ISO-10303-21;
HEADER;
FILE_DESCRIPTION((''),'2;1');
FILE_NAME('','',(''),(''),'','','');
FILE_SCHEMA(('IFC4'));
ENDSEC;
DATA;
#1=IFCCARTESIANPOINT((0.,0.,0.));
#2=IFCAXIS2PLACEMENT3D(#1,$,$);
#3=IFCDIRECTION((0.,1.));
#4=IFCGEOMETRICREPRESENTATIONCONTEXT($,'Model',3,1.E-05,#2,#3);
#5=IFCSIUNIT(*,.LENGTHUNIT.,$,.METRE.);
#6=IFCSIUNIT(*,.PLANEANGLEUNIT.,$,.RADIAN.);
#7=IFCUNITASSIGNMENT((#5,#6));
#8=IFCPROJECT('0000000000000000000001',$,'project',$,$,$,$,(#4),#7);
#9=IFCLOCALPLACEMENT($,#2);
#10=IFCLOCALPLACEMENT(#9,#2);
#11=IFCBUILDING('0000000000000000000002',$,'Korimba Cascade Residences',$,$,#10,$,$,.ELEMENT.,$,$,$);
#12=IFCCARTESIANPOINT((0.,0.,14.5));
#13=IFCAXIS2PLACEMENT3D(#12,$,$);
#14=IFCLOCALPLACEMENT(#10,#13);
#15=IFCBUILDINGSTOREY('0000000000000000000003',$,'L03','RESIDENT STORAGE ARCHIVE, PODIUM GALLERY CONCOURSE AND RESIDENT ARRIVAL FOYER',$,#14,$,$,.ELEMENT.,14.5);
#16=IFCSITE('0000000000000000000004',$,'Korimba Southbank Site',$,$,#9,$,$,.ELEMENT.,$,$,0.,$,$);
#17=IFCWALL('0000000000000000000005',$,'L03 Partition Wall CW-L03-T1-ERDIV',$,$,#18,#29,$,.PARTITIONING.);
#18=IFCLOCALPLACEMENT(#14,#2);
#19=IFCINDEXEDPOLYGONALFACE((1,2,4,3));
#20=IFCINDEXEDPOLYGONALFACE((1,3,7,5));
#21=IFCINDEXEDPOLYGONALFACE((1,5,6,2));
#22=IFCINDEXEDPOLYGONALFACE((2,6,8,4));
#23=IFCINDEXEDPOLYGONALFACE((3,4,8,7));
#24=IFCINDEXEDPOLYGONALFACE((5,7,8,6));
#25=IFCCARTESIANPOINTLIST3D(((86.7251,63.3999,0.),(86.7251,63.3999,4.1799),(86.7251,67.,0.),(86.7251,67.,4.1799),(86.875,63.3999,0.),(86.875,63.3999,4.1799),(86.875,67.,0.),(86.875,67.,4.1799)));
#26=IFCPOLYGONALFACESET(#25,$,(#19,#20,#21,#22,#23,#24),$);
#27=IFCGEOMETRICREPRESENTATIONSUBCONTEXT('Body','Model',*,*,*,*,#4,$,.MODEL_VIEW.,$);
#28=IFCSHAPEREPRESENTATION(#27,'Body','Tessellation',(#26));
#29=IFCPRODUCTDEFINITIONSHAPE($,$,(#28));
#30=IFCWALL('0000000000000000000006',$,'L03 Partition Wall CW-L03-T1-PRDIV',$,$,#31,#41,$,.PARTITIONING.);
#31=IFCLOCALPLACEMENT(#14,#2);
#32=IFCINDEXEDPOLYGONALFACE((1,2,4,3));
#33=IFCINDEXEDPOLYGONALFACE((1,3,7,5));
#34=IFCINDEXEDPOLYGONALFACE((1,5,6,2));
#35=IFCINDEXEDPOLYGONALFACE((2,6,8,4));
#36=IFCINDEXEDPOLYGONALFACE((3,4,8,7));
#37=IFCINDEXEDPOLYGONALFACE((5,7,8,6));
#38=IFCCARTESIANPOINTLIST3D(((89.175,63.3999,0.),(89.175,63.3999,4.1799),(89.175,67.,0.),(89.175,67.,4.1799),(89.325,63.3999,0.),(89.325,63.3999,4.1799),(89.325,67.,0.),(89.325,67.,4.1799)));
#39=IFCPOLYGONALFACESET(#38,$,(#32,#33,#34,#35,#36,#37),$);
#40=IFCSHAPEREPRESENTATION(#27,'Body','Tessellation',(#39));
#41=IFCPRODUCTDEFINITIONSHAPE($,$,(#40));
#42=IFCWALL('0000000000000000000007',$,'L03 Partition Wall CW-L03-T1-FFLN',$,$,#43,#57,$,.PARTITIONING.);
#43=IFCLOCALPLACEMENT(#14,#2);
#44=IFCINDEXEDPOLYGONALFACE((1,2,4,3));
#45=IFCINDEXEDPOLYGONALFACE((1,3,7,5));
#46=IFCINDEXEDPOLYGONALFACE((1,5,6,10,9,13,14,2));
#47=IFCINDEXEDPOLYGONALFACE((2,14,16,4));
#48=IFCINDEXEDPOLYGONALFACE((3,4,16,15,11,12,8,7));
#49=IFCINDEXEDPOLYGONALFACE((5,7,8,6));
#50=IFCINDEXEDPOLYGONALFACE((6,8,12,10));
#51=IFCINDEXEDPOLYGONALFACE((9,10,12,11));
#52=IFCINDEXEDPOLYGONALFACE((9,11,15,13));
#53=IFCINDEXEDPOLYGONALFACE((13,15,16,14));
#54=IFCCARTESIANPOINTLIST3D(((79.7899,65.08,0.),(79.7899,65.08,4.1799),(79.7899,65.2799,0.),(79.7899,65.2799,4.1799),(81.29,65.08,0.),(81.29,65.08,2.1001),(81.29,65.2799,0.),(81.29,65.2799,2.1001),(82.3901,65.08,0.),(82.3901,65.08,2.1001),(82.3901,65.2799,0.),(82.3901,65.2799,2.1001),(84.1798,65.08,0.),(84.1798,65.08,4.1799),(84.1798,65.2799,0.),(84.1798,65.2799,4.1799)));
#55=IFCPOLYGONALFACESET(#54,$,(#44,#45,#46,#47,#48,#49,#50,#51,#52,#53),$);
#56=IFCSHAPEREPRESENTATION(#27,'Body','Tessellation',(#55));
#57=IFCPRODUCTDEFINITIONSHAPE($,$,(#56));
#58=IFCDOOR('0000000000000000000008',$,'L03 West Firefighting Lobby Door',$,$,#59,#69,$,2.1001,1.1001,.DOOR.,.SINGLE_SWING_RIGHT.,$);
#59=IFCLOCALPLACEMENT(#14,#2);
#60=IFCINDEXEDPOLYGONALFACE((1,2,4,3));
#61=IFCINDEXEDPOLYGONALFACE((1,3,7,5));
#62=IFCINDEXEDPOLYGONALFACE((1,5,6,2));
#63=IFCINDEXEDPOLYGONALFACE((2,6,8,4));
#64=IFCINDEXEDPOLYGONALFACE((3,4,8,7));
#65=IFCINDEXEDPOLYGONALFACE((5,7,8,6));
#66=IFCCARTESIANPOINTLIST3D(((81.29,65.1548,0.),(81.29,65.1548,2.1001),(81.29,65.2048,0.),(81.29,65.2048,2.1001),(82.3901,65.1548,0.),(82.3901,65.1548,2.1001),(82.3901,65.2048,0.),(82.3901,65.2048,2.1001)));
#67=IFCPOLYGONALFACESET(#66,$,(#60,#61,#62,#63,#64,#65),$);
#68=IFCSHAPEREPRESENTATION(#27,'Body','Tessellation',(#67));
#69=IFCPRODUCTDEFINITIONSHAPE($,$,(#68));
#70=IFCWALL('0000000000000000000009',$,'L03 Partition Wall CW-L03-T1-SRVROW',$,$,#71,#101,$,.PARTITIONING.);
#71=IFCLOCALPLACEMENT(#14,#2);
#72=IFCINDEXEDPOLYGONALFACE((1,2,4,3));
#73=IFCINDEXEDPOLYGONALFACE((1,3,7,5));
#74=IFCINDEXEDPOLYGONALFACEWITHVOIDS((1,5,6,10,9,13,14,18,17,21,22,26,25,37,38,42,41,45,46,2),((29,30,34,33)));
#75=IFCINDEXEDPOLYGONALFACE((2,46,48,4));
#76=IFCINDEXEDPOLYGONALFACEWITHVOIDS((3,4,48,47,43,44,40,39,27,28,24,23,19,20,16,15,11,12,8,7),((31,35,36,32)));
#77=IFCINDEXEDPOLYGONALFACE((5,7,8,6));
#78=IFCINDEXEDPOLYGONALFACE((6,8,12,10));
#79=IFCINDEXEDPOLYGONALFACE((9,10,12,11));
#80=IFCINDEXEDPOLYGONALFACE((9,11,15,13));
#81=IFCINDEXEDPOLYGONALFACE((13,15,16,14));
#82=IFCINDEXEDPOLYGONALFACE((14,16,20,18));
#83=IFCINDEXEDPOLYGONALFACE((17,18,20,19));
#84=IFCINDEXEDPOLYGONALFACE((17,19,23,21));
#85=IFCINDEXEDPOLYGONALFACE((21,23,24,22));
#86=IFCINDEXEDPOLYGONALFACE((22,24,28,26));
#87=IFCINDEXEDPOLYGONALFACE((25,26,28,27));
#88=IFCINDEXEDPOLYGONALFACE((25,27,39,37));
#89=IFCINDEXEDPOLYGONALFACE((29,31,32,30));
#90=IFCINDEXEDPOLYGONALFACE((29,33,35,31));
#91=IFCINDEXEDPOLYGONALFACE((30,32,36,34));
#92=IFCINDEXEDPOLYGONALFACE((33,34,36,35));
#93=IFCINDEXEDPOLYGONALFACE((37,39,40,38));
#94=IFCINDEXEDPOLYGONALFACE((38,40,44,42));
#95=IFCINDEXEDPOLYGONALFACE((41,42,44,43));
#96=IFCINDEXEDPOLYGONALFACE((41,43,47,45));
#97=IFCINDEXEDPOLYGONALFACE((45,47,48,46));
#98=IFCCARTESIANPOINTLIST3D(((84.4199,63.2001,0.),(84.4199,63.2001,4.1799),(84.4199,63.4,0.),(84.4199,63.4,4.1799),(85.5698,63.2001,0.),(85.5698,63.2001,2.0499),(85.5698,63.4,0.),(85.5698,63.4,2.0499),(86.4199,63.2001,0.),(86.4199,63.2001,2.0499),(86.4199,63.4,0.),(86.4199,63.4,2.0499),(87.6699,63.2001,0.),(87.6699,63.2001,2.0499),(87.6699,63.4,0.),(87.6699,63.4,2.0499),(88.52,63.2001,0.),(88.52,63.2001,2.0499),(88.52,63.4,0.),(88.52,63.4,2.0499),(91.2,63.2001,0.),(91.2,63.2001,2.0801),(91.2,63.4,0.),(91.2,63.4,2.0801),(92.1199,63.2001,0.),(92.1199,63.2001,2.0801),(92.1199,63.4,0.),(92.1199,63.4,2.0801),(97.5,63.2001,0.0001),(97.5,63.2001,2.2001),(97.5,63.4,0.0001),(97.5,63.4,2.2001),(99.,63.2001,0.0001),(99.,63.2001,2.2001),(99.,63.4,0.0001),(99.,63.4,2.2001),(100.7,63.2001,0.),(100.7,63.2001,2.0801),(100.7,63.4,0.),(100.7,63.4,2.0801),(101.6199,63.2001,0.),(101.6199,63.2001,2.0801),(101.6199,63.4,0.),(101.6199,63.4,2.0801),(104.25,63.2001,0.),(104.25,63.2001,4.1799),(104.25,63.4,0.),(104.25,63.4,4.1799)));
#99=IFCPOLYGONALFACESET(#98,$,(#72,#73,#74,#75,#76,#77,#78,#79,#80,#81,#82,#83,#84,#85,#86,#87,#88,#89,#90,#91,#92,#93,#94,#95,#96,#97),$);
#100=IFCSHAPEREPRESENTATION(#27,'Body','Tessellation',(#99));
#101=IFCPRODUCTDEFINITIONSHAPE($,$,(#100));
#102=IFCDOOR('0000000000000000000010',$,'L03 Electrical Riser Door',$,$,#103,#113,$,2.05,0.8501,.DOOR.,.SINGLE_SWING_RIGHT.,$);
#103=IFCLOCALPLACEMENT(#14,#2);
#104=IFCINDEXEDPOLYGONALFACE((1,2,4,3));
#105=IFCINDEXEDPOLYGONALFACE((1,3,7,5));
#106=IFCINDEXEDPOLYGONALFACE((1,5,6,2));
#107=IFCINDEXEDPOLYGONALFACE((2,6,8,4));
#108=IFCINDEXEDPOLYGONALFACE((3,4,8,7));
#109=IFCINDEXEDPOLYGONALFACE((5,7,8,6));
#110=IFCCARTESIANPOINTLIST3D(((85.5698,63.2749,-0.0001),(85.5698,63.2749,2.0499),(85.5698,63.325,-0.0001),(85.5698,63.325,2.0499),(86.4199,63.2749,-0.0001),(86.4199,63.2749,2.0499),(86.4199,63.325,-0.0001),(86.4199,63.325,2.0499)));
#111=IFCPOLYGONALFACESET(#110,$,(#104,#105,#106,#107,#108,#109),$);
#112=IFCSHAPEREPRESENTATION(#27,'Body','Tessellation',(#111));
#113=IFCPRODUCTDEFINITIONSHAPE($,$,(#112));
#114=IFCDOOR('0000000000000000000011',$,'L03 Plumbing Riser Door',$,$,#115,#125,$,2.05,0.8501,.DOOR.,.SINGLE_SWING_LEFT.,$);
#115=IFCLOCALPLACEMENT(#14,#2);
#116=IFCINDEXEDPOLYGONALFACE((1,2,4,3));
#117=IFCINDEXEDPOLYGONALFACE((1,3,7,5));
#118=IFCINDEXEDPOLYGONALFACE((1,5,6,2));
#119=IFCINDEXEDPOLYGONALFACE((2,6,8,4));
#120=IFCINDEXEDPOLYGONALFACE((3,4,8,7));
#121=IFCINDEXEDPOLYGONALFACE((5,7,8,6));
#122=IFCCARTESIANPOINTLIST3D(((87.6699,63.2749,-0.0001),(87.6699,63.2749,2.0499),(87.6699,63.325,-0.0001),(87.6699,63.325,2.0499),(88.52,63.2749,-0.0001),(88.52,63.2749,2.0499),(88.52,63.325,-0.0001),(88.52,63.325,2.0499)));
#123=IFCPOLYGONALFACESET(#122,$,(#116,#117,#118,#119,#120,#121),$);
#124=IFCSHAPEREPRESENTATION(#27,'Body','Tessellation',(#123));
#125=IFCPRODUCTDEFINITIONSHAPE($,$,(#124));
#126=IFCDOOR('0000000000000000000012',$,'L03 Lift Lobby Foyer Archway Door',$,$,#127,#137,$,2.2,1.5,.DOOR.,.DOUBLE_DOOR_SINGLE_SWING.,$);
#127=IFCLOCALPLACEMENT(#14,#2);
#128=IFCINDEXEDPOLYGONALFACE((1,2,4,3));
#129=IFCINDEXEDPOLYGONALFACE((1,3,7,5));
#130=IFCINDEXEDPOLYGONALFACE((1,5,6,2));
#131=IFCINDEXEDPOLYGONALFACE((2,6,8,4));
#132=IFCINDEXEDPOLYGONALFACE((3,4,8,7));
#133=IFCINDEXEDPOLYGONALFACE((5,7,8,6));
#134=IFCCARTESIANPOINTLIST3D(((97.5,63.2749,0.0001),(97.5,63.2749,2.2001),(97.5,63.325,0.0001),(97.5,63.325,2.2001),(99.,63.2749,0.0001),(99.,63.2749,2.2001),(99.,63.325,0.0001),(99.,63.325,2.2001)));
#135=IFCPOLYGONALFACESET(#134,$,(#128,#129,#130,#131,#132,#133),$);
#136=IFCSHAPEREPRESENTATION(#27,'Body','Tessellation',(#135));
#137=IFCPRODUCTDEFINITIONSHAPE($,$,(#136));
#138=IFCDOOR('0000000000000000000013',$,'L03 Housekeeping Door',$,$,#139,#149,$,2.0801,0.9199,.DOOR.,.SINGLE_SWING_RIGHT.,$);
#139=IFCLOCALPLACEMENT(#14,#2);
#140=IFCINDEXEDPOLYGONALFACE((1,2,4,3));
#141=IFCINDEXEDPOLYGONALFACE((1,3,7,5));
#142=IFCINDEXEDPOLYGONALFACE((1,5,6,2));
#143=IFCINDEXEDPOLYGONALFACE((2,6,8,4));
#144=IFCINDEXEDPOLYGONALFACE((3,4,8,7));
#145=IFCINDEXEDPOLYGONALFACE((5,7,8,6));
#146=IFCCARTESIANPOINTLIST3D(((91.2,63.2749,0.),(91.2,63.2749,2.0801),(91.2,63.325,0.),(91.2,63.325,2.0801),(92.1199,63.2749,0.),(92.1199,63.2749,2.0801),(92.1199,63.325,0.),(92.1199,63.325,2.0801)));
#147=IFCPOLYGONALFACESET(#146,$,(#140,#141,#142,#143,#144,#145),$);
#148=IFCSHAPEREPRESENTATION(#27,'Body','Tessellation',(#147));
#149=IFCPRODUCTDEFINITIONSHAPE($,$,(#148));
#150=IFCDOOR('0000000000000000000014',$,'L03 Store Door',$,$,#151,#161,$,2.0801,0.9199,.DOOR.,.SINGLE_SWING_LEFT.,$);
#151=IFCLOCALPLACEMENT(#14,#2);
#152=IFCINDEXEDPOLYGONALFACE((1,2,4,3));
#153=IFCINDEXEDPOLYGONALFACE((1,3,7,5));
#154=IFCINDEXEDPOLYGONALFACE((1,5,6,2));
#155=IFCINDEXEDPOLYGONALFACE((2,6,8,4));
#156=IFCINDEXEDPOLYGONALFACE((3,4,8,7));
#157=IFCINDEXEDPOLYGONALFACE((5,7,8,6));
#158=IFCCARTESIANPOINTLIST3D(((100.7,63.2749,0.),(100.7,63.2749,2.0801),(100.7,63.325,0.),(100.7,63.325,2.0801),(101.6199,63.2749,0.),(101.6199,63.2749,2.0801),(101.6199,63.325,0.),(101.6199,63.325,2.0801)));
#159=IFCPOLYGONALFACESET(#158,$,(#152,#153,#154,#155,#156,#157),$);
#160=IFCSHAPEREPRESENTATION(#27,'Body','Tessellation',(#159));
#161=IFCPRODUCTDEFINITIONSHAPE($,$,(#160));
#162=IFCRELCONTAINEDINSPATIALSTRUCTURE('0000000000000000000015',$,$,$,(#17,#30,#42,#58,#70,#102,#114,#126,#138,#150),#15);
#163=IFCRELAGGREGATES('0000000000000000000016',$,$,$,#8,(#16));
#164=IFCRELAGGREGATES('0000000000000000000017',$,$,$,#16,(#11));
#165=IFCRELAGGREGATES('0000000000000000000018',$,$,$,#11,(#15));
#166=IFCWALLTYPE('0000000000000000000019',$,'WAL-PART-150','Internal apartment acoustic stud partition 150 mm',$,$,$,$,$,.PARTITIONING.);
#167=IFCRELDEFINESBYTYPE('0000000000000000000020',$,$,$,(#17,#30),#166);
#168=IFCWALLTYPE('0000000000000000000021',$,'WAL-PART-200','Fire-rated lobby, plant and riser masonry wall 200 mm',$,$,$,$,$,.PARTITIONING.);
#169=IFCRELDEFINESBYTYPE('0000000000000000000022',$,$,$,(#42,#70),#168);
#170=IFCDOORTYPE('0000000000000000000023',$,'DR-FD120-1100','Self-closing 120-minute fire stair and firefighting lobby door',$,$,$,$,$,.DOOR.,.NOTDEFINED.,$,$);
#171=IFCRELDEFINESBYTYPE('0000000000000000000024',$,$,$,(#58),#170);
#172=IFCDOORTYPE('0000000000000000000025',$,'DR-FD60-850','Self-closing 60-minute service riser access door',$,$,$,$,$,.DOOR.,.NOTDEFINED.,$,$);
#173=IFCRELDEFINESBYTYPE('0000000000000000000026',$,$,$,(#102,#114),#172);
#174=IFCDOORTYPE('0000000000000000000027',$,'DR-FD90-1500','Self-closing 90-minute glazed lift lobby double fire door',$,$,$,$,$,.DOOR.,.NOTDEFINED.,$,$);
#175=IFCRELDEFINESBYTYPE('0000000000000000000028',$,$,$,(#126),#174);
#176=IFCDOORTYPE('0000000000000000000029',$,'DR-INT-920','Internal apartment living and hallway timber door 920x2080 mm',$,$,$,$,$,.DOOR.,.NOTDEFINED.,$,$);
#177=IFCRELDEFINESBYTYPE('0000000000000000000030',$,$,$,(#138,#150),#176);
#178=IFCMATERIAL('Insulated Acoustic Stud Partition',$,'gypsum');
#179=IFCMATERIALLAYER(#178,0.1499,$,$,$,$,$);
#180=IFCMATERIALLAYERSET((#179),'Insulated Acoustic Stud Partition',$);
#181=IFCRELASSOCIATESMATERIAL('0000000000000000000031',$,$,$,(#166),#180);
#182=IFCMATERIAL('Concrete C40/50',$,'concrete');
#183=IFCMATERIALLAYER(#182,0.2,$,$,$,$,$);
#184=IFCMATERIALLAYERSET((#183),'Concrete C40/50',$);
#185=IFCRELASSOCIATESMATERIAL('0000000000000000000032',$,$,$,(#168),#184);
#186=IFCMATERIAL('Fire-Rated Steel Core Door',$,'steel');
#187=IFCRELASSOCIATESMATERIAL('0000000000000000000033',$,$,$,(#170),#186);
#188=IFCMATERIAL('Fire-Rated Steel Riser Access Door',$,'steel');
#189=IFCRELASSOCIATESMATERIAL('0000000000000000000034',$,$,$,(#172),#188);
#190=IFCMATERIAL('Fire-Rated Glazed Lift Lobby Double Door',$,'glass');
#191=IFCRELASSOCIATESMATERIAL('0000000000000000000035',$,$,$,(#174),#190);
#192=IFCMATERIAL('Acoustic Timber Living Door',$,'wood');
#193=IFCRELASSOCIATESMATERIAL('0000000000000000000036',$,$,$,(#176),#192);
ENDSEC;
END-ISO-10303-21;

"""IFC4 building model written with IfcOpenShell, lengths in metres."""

from ifc_helpers import new_model, si_unit, direction, frame, frame_2d, origin, place, context, subcontext, project, spatial, rectangle, extrude, material, layer, layer_set, type_object, element, fill, save


model = new_model("IFC4")

# Units and contexts
model_context = context("Model", 3, precision=1e-05, world=origin(), true_north=direction((0.0, 1.0)))
body_context = subcontext(model_context, "Body", "Model", "MODEL_VIEW")
ifc_project = project(units=[si_unit("LENGTHUNIT", "METRE"), si_unit("PLANEANGLEUNIT", "RADIAN")], contexts=[model_context])

# Site, building, storey
site_placement = place(None, origin())
site = spatial("IfcSite", under=ifc_project, at=site_placement, Name="Korimba Southbank Site", CompositionType="ELEMENT", RefElevation=0.0)
building_placement = place(site_placement, origin())
building = spatial("IfcBuilding", under=site, at=building_placement, Name="Korimba Cascade Residences", CompositionType="ELEMENT")
storey_placement = place(building_placement, frame((0.0, 0.0, 14.5)))
storey = spatial("IfcBuildingStorey", under=building, at=storey_placement, Name="L03", Description="RESIDENT STORAGE ARCHIVE, PODIUM GALLERY CONCOURSE AND RESIDENT ARRIVAL FOYER", CompositionType="ELEMENT", Elevation=14.5)

# Walls
ifc_material_1 = material(Name="Insulated Acoustic Stud Partition", Category="gypsum")
ifc_layer_1 = layer(ifc_material_1, 0.1499)
ifc_layer_set_1 = layer_set([ifc_layer_1], Name="Insulated Acoustic Stud Partition")
wall_type_1 = type_object("IfcWallType", Name="WAL-PART-150", Description="Internal apartment acoustic stud partition 150 mm", PredefinedType="PARTITIONING", material=ifc_layer_set_1)
for number, where, z_axis, x_axis, name in (
    (1, (86.8, 63.3999, 0.0), (0.0, 0.0, 1.0), (0.0, 1.0, 0.0), "L03 Partition Wall CW-L03-T1-ERDIV"),
    (2, (89.25, 63.3999, 0.0), (0.0, 0.0, 1.0), (0.0, 1.0, 0.0), "L03 Partition Wall CW-L03-T1-PRDIV"),
):
    element("IfcWall", number, at=place(storey_placement, frame(where, z_axis=z_axis, x_axis=x_axis)), inside=storey, type_object=wall_type_1, Name=name, PredefinedType="PARTITIONING", context=body_context, shape_type="SweptSolid", body=[
        extrude(rectangle(XDim=3.6001, YDim=0.1499, at=frame_2d((1.8, 0.0))), origin(), (0.0, 0.0, 1.0), 4.1799),
    ])

# Wall, opening, door
ifc_material_2 = material(Name="Concrete C40/50", Category="concrete")
ifc_layer_2 = layer(ifc_material_2, 0.2)
ifc_layer_set_2 = layer_set([ifc_layer_2], Name="Concrete C40/50")
wall_type_2 = type_object("IfcWallType", Name="WAL-PART-200", Description="Fire-rated lobby, plant and riser masonry wall 200 mm", PredefinedType="PARTITIONING", material=ifc_layer_set_2)
wall_1_placement = place(storey_placement, frame((79.79, 65.1799, 0.0), z_axis=(0.0, 0.0, 1.0), x_axis=(1.0, 0.0, 0.0)))
wall_1 = element("IfcWall", 3, at=wall_1_placement, inside=storey, type_object=wall_type_2, Name="L03 Partition Wall CW-L03-T1-FFLN", PredefinedType="PARTITIONING", context=body_context, shape_type="SweptSolid", body=[
    extrude(rectangle(XDim=4.3899, YDim=0.2, at=frame_2d((2.1948, 0.0))), origin(), (0.0, 0.0, 1.0), 4.1799),
])
opening_1_placement = place(wall_1_placement, frame((1.5, 0.0, 0.0)))
opening_1 = element("IfcOpeningElement", 4, at=opening_1_placement, cuts=wall_1, PredefinedType="OPENING", context=body_context, shape_type="SweptSolid", body=[
    extrude(rectangle(XDim=1.1001, YDim=2.1001, at=frame_2d((0.55, 1.05))), frame((0.0, 0.1099, 0.0), z_axis=(0.0, -1.0, 0.0), x_axis=(1.0, 0.0, 0.0)), (0.0, 0.0, 1.0), 0.22),
])
ifc_material_3 = material(Name="Fire-Rated Steel Core Door", Category="steel")
door_type_1 = type_object("IfcDoorType", Name="DR-FD120-1100", Description="Self-closing 120-minute fire stair and firefighting lobby door", OperationType="NOTDEFINED", PredefinedType="DOOR", material=ifc_material_3)
door_1_placement = place(opening_1_placement, origin())
door_1 = element("IfcDoor", 5, at=door_1_placement, inside=storey, type_object=door_type_1, Name="L03 West Firefighting Lobby Door", OperationType="SINGLE_SWING_RIGHT", OverallHeight=2.1001, OverallWidth=1.1001, PredefinedType="DOOR", context=body_context, shape_type="SweptSolid", body=[
    extrude(rectangle(XDim=1.1001, YDim=2.1001, at=frame_2d((0.55, 1.05))), frame((0.0, 0.0249, 0.0), z_axis=(0.0, -1.0, 0.0), x_axis=(1.0, 0.0, 0.0)), (0.0, 0.0, 1.0), 0.05),
])
fill(opening_1, door_1)

# Wall, openings, doors
wall_2_placement = place(storey_placement, frame((84.4199, 63.3, 0.0), z_axis=(0.0, 0.0, 1.0), x_axis=(1.0, 0.0, 0.0)))
wall_2 = element("IfcWall", 6, at=wall_2_placement, inside=storey, type_object=wall_type_2, Name="L03 Partition Wall CW-L03-T1-SRVROW", PredefinedType="PARTITIONING", context=body_context, shape_type="SweptSolid", body=[
    extrude(rectangle(XDim=19.8301, YDim=0.2, at=frame_2d((9.915, 0.0))), origin(), (0.0, 0.0, 1.0), 4.1799),
])
opening_2_placement = place(wall_2_placement, frame((1.1499, 0.0, 0.0)))
opening_2 = element("IfcOpeningElement", 7, at=opening_2_placement, cuts=wall_2, PredefinedType="OPENING", context=body_context, shape_type="SweptSolid", body=[
    extrude(rectangle(XDim=0.8501, YDim=2.05, at=frame_2d((0.425, 1.0249))), frame((0.0, 0.1099, 0.0), z_axis=(0.0, -1.0, 0.0), x_axis=(1.0, 0.0, 0.0)), (0.0, 0.0, 1.0), 0.22),
])
opening_3_placement = place(wall_2_placement, frame((3.25, 0.0, 0.0)))
opening_3 = element("IfcOpeningElement", 8, at=opening_3_placement, cuts=wall_2, PredefinedType="OPENING", context=body_context, shape_type="SweptSolid", body=[
    extrude(rectangle(XDim=0.8501, YDim=2.05, at=frame_2d((0.425, 1.0249))), frame((0.0, 0.1099, 0.0), z_axis=(0.0, -1.0, 0.0), x_axis=(1.0, 0.0, 0.0)), (0.0, 0.0, 1.0), 0.22),
])
opening_4_placement = place(wall_2_placement, frame((13.0801, 0.0, 0.0)))
opening_4 = element("IfcOpeningElement", 9, at=opening_4_placement, cuts=wall_2, PredefinedType="OPENING", context=body_context, shape_type="SweptSolid", body=[
    extrude(rectangle(XDim=1.5, YDim=2.2, at=frame_2d((0.75, 1.1001))), frame((0.0, 0.1099, 0.0), z_axis=(0.0, -1.0, 0.0), x_axis=(1.0, 0.0, 0.0)), (0.0, 0.0, 1.0), 0.22),
])
opening_5_placement = place(wall_2_placement, frame((6.78, 0.0, 0.0)))
opening_5 = element("IfcOpeningElement", 10, at=opening_5_placement, cuts=wall_2, PredefinedType="OPENING", context=body_context, shape_type="SweptSolid", body=[
    extrude(rectangle(XDim=0.9199, YDim=2.0801, at=frame_2d((0.46, 1.04))), frame((0.0, 0.1099, 0.0), z_axis=(0.0, -1.0, 0.0), x_axis=(1.0, 0.0, 0.0)), (0.0, 0.0, 1.0), 0.22),
])
opening_6_placement = place(wall_2_placement, frame((16.28, 0.0, 0.0)))
opening_6 = element("IfcOpeningElement", 11, at=opening_6_placement, cuts=wall_2, PredefinedType="OPENING", context=body_context, shape_type="SweptSolid", body=[
    extrude(rectangle(XDim=0.9199, YDim=2.0801, at=frame_2d((0.46, 1.04))), frame((0.0, 0.1099, 0.0), z_axis=(0.0, -1.0, 0.0), x_axis=(1.0, 0.0, 0.0)), (0.0, 0.0, 1.0), 0.22),
])
ifc_material_4 = material(Name="Fire-Rated Steel Riser Access Door", Category="steel")
door_type_2 = type_object("IfcDoorType", Name="DR-FD60-850", Description="Self-closing 60-minute service riser access door", OperationType="NOTDEFINED", PredefinedType="DOOR", material=ifc_material_4)
door_2_placement = place(opening_2_placement, origin())
door_2 = element("IfcDoor", 12, at=door_2_placement, inside=storey, type_object=door_type_2, Name="L03 Electrical Riser Door", OperationType="SINGLE_SWING_RIGHT", OverallHeight=2.05, OverallWidth=0.8501, PredefinedType="DOOR", context=body_context, shape_type="SweptSolid", body=[
    extrude(rectangle(XDim=0.8501, YDim=2.05, at=frame_2d((0.425, 1.0249))), frame((0.0, 0.0249, 0.0), z_axis=(0.0, -1.0, 0.0), x_axis=(1.0, 0.0, 0.0)), (0.0, 0.0, 1.0), 0.05),
])
fill(opening_2, door_2)
door_3_placement = place(opening_3_placement, origin())
door_3 = element("IfcDoor", 13, at=door_3_placement, inside=storey, type_object=door_type_2, Name="L03 Plumbing Riser Door", OperationType="SINGLE_SWING_LEFT", OverallHeight=2.05, OverallWidth=0.8501, PredefinedType="DOOR", context=body_context, shape_type="SweptSolid", body=[
    extrude(rectangle(XDim=0.8501, YDim=2.05, at=frame_2d((0.425, 1.0249))), frame((0.0, 0.0249, 0.0), z_axis=(0.0, -1.0, 0.0), x_axis=(1.0, 0.0, 0.0)), (0.0, 0.0, 1.0), 0.05),
])
fill(opening_3, door_3)
ifc_material_5 = material(Name="Fire-Rated Glazed Lift Lobby Double Door", Category="glass")
door_type_3 = type_object("IfcDoorType", Name="DR-FD90-1500", Description="Self-closing 90-minute glazed lift lobby double fire door", OperationType="NOTDEFINED", PredefinedType="DOOR", material=ifc_material_5)
door_4_placement = place(opening_4_placement, origin())
door_4 = element("IfcDoor", 14, at=door_4_placement, inside=storey, type_object=door_type_3, Name="L03 Lift Lobby Foyer Archway Door", OperationType="DOUBLE_DOOR_SINGLE_SWING", OverallHeight=2.2, OverallWidth=1.5, PredefinedType="DOOR", context=body_context, shape_type="SweptSolid", body=[
    extrude(rectangle(XDim=1.5, YDim=2.2, at=frame_2d((0.75, 1.1001))), frame((0.0, 0.0249, 0.0), z_axis=(0.0, -1.0, 0.0), x_axis=(1.0, 0.0, 0.0)), (0.0, 0.0, 1.0), 0.05),
])
fill(opening_4, door_4)
ifc_material_6 = material(Name="Acoustic Timber Living Door", Category="wood")
door_type_4 = type_object("IfcDoorType", Name="DR-INT-920", Description="Internal apartment living and hallway timber door 920x2080 mm", OperationType="NOTDEFINED", PredefinedType="DOOR", material=ifc_material_6)
door_5_placement = place(opening_5_placement, origin())
door_5 = element("IfcDoor", 15, at=door_5_placement, inside=storey, type_object=door_type_4, Name="L03 Housekeeping Door", OperationType="SINGLE_SWING_RIGHT", OverallHeight=2.0801, OverallWidth=0.9199, PredefinedType="DOOR", context=body_context, shape_type="SweptSolid", body=[
    extrude(rectangle(XDim=0.9199, YDim=2.0801, at=frame_2d((0.46, 1.04))), frame((0.0, 0.0249, 0.0), z_axis=(0.0, -1.0, 0.0), x_axis=(1.0, 0.0, 0.0)), (0.0, 0.0, 1.0), 0.05),
])
fill(opening_5, door_5)
door_6_placement = place(opening_6_placement, origin())
door_6 = element("IfcDoor", 16, at=door_6_placement, inside=storey, type_object=door_type_4, Name="L03 Store Door", OperationType="SINGLE_SWING_LEFT", OverallHeight=2.0801, OverallWidth=0.9199, PredefinedType="DOOR", context=body_context, shape_type="SweptSolid", body=[
    extrude(rectangle(XDim=0.9199, YDim=2.0801, at=frame_2d((0.46, 1.04))), frame((0.0, 0.0249, 0.0), z_axis=(0.0, -1.0, 0.0), x_axis=(1.0, 0.0, 0.0)), (0.0, 0.0, 1.0), 0.05),
])
fill(opening_6, door_6)

save(model, "model.ifc")
